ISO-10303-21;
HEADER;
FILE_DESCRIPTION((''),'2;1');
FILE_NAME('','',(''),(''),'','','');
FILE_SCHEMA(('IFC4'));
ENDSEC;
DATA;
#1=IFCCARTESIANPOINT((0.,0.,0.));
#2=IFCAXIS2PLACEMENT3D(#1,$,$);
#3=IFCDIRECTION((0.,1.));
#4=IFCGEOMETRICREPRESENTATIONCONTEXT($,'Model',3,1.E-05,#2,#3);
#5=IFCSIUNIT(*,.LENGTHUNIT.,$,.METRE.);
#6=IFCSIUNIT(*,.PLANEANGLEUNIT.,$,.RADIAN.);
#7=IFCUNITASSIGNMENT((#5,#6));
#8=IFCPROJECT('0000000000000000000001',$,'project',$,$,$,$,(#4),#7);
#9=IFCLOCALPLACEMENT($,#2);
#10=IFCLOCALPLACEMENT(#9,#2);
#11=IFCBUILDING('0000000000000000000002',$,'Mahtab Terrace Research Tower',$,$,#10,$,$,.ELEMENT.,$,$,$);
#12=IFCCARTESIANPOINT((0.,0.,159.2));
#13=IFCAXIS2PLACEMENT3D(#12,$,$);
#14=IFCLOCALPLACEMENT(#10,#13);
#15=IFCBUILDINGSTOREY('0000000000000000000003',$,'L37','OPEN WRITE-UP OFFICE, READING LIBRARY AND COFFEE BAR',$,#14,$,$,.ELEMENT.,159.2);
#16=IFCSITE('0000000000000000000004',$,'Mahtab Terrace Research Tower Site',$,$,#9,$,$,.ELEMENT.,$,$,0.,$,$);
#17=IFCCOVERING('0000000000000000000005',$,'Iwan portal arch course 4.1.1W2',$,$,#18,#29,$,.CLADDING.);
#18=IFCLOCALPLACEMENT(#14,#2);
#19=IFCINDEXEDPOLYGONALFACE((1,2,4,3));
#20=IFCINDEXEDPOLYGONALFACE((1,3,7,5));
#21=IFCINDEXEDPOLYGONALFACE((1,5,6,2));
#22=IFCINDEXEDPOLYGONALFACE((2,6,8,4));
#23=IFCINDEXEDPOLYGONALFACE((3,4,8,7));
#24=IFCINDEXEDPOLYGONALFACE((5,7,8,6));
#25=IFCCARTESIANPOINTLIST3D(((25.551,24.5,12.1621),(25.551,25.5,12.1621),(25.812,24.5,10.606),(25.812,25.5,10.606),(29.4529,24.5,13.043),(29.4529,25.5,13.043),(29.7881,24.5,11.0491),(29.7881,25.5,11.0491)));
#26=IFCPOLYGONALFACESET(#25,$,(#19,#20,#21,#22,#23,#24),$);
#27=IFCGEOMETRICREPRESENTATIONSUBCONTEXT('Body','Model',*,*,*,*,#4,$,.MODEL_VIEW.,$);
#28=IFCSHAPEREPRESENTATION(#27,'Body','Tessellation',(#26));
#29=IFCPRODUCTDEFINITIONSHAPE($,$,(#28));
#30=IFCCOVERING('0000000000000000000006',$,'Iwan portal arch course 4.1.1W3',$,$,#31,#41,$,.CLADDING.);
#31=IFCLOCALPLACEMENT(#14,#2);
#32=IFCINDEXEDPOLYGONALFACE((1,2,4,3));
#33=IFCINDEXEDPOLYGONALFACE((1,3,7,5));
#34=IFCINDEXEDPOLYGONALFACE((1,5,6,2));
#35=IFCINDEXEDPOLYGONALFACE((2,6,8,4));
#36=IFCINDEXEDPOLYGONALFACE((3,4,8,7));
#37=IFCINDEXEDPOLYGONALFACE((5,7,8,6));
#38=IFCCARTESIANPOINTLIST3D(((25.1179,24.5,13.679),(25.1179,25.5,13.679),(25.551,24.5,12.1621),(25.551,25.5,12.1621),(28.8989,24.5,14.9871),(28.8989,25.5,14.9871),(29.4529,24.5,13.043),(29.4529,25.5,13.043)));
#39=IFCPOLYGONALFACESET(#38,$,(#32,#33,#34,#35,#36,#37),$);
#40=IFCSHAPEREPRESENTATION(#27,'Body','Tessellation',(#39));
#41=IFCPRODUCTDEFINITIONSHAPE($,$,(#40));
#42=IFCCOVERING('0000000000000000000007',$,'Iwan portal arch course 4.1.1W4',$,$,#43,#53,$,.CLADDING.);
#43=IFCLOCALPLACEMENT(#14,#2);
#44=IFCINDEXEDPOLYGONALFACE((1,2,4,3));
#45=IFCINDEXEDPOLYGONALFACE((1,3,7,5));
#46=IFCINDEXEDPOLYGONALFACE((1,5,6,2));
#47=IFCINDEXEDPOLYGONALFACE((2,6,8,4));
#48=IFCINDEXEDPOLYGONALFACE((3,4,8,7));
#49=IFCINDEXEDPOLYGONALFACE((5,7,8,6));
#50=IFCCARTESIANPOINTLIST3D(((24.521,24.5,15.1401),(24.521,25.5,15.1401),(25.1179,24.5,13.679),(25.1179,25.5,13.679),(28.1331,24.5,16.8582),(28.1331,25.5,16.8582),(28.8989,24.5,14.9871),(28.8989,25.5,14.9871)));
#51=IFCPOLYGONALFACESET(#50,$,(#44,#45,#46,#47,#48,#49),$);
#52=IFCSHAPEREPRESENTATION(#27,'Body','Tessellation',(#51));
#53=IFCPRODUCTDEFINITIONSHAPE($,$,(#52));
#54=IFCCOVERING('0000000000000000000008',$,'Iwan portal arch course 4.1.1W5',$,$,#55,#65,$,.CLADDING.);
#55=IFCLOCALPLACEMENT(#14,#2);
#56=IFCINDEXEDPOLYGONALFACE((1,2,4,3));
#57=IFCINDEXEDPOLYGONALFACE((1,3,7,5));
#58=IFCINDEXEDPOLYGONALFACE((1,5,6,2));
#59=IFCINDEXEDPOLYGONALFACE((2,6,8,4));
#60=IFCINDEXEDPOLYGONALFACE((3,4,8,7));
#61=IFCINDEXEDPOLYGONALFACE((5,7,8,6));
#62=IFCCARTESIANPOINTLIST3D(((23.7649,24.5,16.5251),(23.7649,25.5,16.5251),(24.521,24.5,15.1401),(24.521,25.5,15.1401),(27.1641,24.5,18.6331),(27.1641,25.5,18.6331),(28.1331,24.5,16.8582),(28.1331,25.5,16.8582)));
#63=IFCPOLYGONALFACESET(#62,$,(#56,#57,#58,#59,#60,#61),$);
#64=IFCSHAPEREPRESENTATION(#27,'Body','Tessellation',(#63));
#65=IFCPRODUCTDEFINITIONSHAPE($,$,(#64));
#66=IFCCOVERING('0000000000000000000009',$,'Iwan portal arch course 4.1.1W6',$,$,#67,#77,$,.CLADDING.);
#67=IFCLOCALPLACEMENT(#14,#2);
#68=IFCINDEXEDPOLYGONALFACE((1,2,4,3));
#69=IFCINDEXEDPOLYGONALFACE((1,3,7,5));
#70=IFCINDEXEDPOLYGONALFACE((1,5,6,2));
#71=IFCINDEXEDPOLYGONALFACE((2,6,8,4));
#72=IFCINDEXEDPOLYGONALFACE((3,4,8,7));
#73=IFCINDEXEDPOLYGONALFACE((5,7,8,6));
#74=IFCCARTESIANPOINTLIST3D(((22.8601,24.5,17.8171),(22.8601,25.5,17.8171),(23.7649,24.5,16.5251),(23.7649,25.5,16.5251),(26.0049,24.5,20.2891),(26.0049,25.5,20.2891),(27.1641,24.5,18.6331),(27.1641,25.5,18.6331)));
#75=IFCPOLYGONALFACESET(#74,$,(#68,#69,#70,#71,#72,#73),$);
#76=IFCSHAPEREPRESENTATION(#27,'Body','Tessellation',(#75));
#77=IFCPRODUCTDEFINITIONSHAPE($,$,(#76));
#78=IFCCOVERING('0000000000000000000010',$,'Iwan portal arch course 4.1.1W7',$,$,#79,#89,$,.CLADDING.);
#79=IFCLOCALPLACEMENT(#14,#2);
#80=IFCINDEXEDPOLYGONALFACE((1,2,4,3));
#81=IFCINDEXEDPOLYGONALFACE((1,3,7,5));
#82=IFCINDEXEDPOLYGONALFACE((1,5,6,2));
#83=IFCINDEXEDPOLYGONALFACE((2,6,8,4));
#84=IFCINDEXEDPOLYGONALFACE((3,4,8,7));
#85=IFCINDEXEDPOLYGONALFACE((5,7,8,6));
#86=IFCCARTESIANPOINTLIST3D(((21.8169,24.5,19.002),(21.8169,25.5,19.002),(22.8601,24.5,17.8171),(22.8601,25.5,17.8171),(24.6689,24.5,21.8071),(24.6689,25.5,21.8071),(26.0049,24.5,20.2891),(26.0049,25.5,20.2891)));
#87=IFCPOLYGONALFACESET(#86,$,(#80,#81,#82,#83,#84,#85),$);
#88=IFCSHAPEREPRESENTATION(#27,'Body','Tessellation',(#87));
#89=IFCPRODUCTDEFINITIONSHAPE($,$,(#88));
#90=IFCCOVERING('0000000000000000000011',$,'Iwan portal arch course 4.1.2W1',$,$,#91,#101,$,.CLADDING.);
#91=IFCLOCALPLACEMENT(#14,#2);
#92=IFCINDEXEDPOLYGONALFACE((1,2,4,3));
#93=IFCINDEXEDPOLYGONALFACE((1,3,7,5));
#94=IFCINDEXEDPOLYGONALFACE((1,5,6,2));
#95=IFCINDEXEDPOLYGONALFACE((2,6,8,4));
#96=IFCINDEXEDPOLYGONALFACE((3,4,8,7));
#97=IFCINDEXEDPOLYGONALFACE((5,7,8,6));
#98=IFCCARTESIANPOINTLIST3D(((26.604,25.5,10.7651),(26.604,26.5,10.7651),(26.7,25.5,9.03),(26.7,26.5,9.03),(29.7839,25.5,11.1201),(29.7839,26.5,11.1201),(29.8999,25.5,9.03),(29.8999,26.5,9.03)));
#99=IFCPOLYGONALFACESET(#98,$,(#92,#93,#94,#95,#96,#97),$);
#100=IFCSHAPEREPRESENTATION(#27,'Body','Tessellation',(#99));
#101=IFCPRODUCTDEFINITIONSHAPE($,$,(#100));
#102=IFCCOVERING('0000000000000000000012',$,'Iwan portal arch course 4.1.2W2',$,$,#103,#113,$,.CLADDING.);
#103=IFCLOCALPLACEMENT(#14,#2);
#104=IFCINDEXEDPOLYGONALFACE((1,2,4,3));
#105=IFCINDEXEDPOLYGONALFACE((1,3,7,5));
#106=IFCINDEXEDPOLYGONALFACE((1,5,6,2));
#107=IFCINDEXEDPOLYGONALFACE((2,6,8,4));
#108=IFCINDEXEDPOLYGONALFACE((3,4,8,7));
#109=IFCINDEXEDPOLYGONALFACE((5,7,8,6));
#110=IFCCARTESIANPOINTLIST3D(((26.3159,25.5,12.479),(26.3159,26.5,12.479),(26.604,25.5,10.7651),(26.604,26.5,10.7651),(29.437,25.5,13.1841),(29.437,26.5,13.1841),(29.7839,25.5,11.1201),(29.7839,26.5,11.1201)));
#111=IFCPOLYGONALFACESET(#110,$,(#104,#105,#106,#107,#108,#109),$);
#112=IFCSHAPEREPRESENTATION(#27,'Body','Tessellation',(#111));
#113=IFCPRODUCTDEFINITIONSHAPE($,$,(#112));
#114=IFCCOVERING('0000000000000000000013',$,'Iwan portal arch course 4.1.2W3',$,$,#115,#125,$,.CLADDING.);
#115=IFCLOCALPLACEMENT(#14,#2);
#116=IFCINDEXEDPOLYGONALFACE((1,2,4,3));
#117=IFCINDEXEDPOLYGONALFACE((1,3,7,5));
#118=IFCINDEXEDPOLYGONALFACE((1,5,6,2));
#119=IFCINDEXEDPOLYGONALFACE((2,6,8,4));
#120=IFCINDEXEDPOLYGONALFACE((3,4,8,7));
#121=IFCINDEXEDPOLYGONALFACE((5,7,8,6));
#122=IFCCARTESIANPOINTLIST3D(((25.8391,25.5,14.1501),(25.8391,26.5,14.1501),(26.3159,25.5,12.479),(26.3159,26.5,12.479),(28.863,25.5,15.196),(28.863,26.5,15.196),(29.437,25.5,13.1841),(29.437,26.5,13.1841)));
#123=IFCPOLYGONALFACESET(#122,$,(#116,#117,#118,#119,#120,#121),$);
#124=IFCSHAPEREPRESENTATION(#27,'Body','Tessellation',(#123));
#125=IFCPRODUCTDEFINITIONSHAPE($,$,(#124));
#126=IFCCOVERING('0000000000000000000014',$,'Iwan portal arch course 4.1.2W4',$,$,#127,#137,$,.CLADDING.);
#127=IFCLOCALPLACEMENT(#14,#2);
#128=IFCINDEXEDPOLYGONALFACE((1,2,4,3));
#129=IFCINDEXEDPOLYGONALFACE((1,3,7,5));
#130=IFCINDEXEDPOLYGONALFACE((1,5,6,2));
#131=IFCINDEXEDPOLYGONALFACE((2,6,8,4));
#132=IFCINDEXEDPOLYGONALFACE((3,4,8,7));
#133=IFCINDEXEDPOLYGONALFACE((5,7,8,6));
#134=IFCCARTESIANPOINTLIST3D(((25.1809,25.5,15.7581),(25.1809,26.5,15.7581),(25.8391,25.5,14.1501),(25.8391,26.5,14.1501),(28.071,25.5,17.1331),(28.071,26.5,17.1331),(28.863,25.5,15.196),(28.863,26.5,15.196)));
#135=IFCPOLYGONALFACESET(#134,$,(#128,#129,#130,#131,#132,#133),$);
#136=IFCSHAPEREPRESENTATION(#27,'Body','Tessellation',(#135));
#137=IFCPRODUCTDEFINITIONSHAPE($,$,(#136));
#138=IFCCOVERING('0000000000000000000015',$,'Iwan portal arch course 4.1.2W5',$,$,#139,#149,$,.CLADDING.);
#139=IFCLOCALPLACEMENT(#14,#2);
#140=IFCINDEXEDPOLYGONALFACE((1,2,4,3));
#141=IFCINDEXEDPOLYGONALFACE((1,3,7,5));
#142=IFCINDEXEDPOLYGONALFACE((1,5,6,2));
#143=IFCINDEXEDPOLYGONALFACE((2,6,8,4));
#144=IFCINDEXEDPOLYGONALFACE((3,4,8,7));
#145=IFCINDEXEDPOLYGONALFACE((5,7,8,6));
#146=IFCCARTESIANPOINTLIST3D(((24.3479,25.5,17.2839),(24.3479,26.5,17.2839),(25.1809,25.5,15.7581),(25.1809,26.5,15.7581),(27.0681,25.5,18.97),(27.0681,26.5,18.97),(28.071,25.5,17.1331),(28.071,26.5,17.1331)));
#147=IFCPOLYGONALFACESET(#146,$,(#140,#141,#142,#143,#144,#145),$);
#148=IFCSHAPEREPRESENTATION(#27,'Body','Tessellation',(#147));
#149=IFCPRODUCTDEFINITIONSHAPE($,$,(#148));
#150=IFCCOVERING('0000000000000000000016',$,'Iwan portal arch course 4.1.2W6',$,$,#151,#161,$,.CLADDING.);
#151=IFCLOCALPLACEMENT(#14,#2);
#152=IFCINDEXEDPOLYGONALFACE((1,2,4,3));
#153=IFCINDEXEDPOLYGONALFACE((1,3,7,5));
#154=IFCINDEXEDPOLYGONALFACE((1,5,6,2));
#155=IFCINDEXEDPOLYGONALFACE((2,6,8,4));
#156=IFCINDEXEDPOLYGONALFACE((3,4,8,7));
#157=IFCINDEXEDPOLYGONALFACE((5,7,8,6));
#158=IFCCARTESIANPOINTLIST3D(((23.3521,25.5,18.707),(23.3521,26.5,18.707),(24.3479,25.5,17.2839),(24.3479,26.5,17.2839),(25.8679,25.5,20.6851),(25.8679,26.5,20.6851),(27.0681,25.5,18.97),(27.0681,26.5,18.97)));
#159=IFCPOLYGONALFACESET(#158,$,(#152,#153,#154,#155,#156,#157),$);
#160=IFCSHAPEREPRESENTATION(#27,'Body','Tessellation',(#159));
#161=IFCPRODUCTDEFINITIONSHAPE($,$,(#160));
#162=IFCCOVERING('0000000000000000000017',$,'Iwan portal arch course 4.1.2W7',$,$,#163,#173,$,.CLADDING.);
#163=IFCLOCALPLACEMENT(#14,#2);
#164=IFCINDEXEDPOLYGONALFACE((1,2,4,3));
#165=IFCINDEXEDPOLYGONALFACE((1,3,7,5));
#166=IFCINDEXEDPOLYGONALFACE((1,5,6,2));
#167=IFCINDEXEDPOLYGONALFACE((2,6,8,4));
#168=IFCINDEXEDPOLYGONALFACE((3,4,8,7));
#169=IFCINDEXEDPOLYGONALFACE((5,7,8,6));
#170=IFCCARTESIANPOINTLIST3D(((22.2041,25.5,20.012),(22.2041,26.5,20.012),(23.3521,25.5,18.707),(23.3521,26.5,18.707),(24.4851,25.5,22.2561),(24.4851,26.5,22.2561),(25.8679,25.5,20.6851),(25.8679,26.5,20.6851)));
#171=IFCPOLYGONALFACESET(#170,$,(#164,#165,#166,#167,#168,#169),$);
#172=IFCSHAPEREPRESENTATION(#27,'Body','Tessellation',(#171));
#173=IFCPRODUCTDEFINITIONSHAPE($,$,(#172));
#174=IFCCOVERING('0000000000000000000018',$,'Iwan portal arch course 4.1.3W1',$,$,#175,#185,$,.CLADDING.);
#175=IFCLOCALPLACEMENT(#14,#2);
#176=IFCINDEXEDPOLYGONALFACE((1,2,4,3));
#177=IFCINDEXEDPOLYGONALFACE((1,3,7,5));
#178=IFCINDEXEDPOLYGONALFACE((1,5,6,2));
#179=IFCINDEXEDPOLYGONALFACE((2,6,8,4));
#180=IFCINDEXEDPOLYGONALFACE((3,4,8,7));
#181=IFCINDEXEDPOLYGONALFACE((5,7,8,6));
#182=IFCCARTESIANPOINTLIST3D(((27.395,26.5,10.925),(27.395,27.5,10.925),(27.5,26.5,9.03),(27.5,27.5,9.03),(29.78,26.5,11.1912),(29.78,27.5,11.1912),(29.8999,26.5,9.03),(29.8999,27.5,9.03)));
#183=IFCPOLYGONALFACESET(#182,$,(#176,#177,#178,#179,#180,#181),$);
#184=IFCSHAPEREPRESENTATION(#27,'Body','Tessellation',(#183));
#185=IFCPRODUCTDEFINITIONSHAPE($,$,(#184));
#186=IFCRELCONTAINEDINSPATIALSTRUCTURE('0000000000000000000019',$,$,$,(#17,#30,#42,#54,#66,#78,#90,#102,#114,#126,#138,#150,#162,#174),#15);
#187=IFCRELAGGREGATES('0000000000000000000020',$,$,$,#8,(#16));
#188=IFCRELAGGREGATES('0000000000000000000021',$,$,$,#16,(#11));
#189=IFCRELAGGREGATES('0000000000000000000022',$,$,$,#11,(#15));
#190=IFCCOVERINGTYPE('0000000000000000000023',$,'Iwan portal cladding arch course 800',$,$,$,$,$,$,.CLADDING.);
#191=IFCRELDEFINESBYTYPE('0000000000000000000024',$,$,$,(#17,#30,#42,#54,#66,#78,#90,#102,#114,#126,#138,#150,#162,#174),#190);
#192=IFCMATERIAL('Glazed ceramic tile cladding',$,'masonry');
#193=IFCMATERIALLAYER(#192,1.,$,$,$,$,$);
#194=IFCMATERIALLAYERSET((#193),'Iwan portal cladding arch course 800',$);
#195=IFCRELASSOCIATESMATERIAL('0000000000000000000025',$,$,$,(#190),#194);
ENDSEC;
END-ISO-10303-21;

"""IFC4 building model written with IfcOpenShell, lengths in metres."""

from ifc_helpers import new_model, si_unit, direction, frame, origin, place, context, subcontext, project, spatial, polyline, outline, extrude, material, layer, layer_set, type_object, element, save


model = new_model("IFC4")

# Units and contexts
model_context = context("Model", 3, precision=1e-05, world=origin(), true_north=direction((0.0, 1.0)))
body_context = subcontext(model_context, "Body", "Model", "MODEL_VIEW")
ifc_project = project(units=[si_unit("LENGTHUNIT", "METRE"), si_unit("PLANEANGLEUNIT", "RADIAN")], contexts=[model_context])

# Site, building, storey
site_placement = place(None, origin())
site = spatial("IfcSite", under=ifc_project, at=site_placement, Name="Mahtab Terrace Research Tower Site", CompositionType="ELEMENT", RefElevation=0.0)
building_placement = place(site_placement, origin())
building = spatial("IfcBuilding", under=site, at=building_placement, Name="Mahtab Terrace Research Tower", CompositionType="ELEMENT")
storey_placement = place(building_placement, frame((0.0, 0.0, 159.2)))
storey = spatial("IfcBuildingStorey", under=building, at=storey_placement, Name="L37", Description="OPEN WRITE-UP OFFICE, READING LIBRARY AND COFFEE BAR", CompositionType="ELEMENT", Elevation=159.2)

# Coverings
ifc_material = material(Name="Glazed ceramic tile cladding", Category="masonry")
ifc_layer = layer(ifc_material, 1.0)
ifc_layer_set = layer_set([ifc_layer], Name="Iwan portal cladding arch course 800")
covering_type = type_object("IfcCoveringType", Name="Iwan portal cladding arch course 800", PredefinedType="CLADDING", material=ifc_layer_set)
covering_1_placement = place(storey_placement, frame((29.7881, 24.5, 11.0491), z_axis=(0.0, -1.0, 0.0), x_axis=(-0.165789, 0.0, 0.986161)))
element("IfcCovering", 1, at=covering_1_placement, inside=storey, type_object=covering_type, Name="Iwan portal arch course 4.1.1W2", PredefinedType="CLADDING", context=body_context, shape_type="SweptSolid", body=[
    extrude(outline(polyline([(0.0, 0.0), (2.0219, 0.0), (1.8001, 3.9939), (0.2222, 3.9945), (0.0, 0.0)])), origin(), (0.0, 0.0, -1.0), 1.0),
])
covering_2_placement = place(storey_placement, frame((29.4529, 24.5, 13.043), z_axis=(0.0, -1.0, 0.0), x_axis=(-0.274035, 0.0, 0.96172)))
element("IfcCovering", 2, at=covering_2_placement, inside=storey, type_object=covering_type, Name="Iwan portal arch course 4.1.1W3", PredefinedType="CLADDING", context=body_context, shape_type="SweptSolid", body=[
    extrude(outline(polyline([(0.0, 0.0), (2.0215, 0.0), (1.7996, 3.9947), (0.2221, 3.9939), (0.0, 0.0)])), origin(), (0.0, 0.0, -1.0), 1.0),
])
covering_3_placement = place(storey_placement, frame((28.8989, 24.5, 14.9871), z_axis=(0.0, -1.0, 0.0), x_axis=(-0.378812, 0.0, 0.925474)))
element("IfcCovering", 3, at=covering_3_placement, inside=storey, type_object=covering_type, Name="Iwan portal arch course 4.1.1W4", PredefinedType="CLADDING", context=body_context, shape_type="SweptSolid", body=[
    extrude(outline(polyline([(0.0, 0.0), (2.0218, 0.0), (1.8001, 3.9937), (0.2217, 3.9947), (0.0, 0.0)])), origin(), (0.0, 0.0, -1.0), 1.0),
])
covering_4_placement = place(storey_placement, frame((28.1331, 24.5, 16.8582), z_axis=(0.0, -1.0, 0.0), x_axis=(-0.479182, 0.0, 0.877716)))
element("IfcCovering", 4, at=covering_4_placement, inside=storey, type_object=covering_type, Name="Iwan portal arch course 4.1.1W5", PredefinedType="CLADDING", context=body_context, shape_type="SweptSolid", body=[
    extrude(outline(polyline([(0.0, 0.0), (2.0222, 0.0), (1.8009, 3.9936), (0.2229, 3.9936), (0.0, 0.0)])), origin(), (0.0, 0.0, -1.0), 1.0),
])
covering_5_placement = place(storey_placement, frame((27.1641, 24.5, 18.6331), z_axis=(0.0, -1.0, 0.0), x_axis=(-0.573454, 0.0, 0.819238)))
element("IfcCovering", 5, at=covering_5_placement, inside=storey, type_object=covering_type, Name="Iwan portal arch course 4.1.1W6", PredefinedType="CLADDING", context=body_context, shape_type="SweptSolid", body=[
    extrude(outline(polyline([(0.0, 0.0), (2.0214, 0.0), (1.7997, 3.9939), (0.2224, 3.9935), (0.0, 0.0)])), origin(), (0.0, 0.0, -1.0), 1.0),
])
covering_6_placement = place(storey_placement, frame((26.0049, 24.5, 20.2891), z_axis=(0.0, -1.0, 0.0), x_axis=(-0.660639, 0.0, 0.750704)))
element("IfcCovering", 6, at=covering_6_placement, inside=storey, type_object=covering_type, Name="Iwan portal arch course 4.1.1W7", PredefinedType="CLADDING", context=body_context, shape_type="SweptSolid", body=[
    extrude(outline(polyline([(0.0, 0.0), (2.0222, 0.0), (1.8005, 3.9943), (0.2219, 3.9938), (0.0, 0.0)])), origin(), (0.0, 0.0, -1.0), 1.0),
])
covering_7_placement = place(storey_placement, frame((29.8999, 25.5, 9.03), z_axis=(0.0, -1.0, 0.0), x_axis=(-0.055399, 0.0, 0.998464)))
element("IfcCovering", 7, at=covering_7_placement, inside=storey, type_object=covering_type, Name="Iwan portal arch course 4.1.2W1", PredefinedType="CLADDING", context=body_context, shape_type="SweptSolid", body=[
    extrude(outline(polyline([(0.0, 0.0), (2.0933, 0.0), (1.915, 3.1947), (0.1773, 3.195), (0.0, 0.0)])), origin(), (0.0, 0.0, -1.0), 1.0),
])
covering_8_placement = place(storey_placement, frame((29.7839, 25.5, 11.1201), z_axis=(0.0, -1.0, 0.0), x_axis=(-0.165761, 0.0, 0.986166)))
element("IfcCovering", 8, at=covering_8_placement, inside=storey, type_object=covering_type, Name="Iwan portal arch course 4.1.2W2", PredefinedType="CLADDING", context=body_context, shape_type="SweptSolid", body=[
    extrude(outline(polyline([(0.0, 0.0), (2.0929, 0.0), (1.9149, 3.1948), (0.177, 3.1948), (0.0, 0.0)])), origin(), (0.0, 0.0, -1.0), 1.0),
])
covering_9_placement = place(storey_placement, frame((29.437, 25.5, 13.1841), z_axis=(0.0, -1.0, 0.0), x_axis=(-0.274336, 0.0, 0.961634)))
element("IfcCovering", 9, at=covering_9_placement, inside=storey, type_object=covering_type, Name="Iwan portal arch course 4.1.2W3", PredefinedType="CLADDING", context=body_context, shape_type="SweptSolid", body=[
    extrude(outline(polyline([(0.0, 0.0), (2.0922, 0.0), (1.916, 3.1948), (0.1782, 3.1948), (0.0, 0.0)])), origin(), (0.0, 0.0, -1.0), 1.0),
])
covering_10_placement = place(storey_placement, frame((28.863, 25.5, 15.196), z_axis=(0.0, -1.0, 0.0), x_axis=(-0.37846, 0.0, 0.925618)))
element("IfcCovering", 10, at=covering_10_placement, inside=storey, type_object=covering_type, Name="Iwan portal arch course 4.1.2W4", PredefinedType="CLADDING", context=body_context, shape_type="SweptSolid", body=[
    extrude(outline(polyline([(0.0, 0.0), (2.0927, 0.0), (1.9137, 3.1955), (0.1763, 3.1948), (0.0, 0.0)])), origin(), (0.0, 0.0, -1.0), 1.0),
])
covering_11_placement = place(storey_placement, frame((28.071, 25.5, 17.1331), z_axis=(0.0, -1.0, 0.0), x_axis=(-0.479212, 0.0, 0.877699)))
element("IfcCovering", 11, at=covering_11_placement, inside=storey, type_object=covering_type, Name="Iwan portal arch course 4.1.2W5", PredefinedType="CLADDING", context=body_context, shape_type="SweptSolid", body=[
    extrude(outline(polyline([(0.0, 0.0), (2.0929, 0.0), (1.9166, 3.1955), (0.1782, 3.1956), (0.0, 0.0)])), origin(), (0.0, 0.0, -1.0), 1.0),
])
covering_12_placement = place(storey_placement, frame((27.0681, 25.5, 18.97), z_axis=(0.0, -1.0, 0.0), x_axis=(-0.573345, 0.0, 0.819314)))
element("IfcCovering", 12, at=covering_12_placement, inside=storey, type_object=covering_type, Name="Iwan portal arch course 4.1.2W6", PredefinedType="CLADDING", context=body_context, shape_type="SweptSolid", body=[
    extrude(outline(polyline([(0.0, 0.0), (2.0933, 0.0), (1.9152, 3.1954), (0.1782, 3.1954), (0.0, 0.0)])), origin(), (0.0, 0.0, -1.0), 1.0),
])
covering_13_placement = place(storey_placement, frame((25.8679, 25.5, 20.6851), z_axis=(0.0, -1.0, 0.0), x_axis=(-0.660707, 0.0, 0.750644)))
element("IfcCovering", 13, at=covering_13_placement, inside=storey, type_object=covering_type, Name="Iwan portal arch course 4.1.2W7", PredefinedType="CLADDING", context=body_context, shape_type="SweptSolid", body=[
    extrude(outline(polyline([(0.0, 0.0), (2.0929, 0.0), (1.9155, 3.1949), (0.1775, 3.1954), (0.0, 0.0)])), origin(), (0.0, 0.0, -1.0), 1.0),
])
covering_14_placement = place(storey_placement, frame((29.8999, 26.5, 9.03), z_axis=(0.0, -1.0, 0.0), x_axis=(-0.055383, 0.0, 0.998465)))
element("IfcCovering", 14, at=covering_14_placement, inside=storey, type_object=covering_type, Name="Iwan portal arch course 4.1.3W1", PredefinedType="CLADDING", context=body_context, shape_type="SweptSolid", body=[
    extrude(outline(polyline([(0.0, 0.0), (2.1645, 0.0), (2.0308, 2.3961), (0.1329, 2.3962), (0.0, 0.0)])), origin(), (0.0, 0.0, -1.0), 1.0),
])

save(model, "model.ifc")
